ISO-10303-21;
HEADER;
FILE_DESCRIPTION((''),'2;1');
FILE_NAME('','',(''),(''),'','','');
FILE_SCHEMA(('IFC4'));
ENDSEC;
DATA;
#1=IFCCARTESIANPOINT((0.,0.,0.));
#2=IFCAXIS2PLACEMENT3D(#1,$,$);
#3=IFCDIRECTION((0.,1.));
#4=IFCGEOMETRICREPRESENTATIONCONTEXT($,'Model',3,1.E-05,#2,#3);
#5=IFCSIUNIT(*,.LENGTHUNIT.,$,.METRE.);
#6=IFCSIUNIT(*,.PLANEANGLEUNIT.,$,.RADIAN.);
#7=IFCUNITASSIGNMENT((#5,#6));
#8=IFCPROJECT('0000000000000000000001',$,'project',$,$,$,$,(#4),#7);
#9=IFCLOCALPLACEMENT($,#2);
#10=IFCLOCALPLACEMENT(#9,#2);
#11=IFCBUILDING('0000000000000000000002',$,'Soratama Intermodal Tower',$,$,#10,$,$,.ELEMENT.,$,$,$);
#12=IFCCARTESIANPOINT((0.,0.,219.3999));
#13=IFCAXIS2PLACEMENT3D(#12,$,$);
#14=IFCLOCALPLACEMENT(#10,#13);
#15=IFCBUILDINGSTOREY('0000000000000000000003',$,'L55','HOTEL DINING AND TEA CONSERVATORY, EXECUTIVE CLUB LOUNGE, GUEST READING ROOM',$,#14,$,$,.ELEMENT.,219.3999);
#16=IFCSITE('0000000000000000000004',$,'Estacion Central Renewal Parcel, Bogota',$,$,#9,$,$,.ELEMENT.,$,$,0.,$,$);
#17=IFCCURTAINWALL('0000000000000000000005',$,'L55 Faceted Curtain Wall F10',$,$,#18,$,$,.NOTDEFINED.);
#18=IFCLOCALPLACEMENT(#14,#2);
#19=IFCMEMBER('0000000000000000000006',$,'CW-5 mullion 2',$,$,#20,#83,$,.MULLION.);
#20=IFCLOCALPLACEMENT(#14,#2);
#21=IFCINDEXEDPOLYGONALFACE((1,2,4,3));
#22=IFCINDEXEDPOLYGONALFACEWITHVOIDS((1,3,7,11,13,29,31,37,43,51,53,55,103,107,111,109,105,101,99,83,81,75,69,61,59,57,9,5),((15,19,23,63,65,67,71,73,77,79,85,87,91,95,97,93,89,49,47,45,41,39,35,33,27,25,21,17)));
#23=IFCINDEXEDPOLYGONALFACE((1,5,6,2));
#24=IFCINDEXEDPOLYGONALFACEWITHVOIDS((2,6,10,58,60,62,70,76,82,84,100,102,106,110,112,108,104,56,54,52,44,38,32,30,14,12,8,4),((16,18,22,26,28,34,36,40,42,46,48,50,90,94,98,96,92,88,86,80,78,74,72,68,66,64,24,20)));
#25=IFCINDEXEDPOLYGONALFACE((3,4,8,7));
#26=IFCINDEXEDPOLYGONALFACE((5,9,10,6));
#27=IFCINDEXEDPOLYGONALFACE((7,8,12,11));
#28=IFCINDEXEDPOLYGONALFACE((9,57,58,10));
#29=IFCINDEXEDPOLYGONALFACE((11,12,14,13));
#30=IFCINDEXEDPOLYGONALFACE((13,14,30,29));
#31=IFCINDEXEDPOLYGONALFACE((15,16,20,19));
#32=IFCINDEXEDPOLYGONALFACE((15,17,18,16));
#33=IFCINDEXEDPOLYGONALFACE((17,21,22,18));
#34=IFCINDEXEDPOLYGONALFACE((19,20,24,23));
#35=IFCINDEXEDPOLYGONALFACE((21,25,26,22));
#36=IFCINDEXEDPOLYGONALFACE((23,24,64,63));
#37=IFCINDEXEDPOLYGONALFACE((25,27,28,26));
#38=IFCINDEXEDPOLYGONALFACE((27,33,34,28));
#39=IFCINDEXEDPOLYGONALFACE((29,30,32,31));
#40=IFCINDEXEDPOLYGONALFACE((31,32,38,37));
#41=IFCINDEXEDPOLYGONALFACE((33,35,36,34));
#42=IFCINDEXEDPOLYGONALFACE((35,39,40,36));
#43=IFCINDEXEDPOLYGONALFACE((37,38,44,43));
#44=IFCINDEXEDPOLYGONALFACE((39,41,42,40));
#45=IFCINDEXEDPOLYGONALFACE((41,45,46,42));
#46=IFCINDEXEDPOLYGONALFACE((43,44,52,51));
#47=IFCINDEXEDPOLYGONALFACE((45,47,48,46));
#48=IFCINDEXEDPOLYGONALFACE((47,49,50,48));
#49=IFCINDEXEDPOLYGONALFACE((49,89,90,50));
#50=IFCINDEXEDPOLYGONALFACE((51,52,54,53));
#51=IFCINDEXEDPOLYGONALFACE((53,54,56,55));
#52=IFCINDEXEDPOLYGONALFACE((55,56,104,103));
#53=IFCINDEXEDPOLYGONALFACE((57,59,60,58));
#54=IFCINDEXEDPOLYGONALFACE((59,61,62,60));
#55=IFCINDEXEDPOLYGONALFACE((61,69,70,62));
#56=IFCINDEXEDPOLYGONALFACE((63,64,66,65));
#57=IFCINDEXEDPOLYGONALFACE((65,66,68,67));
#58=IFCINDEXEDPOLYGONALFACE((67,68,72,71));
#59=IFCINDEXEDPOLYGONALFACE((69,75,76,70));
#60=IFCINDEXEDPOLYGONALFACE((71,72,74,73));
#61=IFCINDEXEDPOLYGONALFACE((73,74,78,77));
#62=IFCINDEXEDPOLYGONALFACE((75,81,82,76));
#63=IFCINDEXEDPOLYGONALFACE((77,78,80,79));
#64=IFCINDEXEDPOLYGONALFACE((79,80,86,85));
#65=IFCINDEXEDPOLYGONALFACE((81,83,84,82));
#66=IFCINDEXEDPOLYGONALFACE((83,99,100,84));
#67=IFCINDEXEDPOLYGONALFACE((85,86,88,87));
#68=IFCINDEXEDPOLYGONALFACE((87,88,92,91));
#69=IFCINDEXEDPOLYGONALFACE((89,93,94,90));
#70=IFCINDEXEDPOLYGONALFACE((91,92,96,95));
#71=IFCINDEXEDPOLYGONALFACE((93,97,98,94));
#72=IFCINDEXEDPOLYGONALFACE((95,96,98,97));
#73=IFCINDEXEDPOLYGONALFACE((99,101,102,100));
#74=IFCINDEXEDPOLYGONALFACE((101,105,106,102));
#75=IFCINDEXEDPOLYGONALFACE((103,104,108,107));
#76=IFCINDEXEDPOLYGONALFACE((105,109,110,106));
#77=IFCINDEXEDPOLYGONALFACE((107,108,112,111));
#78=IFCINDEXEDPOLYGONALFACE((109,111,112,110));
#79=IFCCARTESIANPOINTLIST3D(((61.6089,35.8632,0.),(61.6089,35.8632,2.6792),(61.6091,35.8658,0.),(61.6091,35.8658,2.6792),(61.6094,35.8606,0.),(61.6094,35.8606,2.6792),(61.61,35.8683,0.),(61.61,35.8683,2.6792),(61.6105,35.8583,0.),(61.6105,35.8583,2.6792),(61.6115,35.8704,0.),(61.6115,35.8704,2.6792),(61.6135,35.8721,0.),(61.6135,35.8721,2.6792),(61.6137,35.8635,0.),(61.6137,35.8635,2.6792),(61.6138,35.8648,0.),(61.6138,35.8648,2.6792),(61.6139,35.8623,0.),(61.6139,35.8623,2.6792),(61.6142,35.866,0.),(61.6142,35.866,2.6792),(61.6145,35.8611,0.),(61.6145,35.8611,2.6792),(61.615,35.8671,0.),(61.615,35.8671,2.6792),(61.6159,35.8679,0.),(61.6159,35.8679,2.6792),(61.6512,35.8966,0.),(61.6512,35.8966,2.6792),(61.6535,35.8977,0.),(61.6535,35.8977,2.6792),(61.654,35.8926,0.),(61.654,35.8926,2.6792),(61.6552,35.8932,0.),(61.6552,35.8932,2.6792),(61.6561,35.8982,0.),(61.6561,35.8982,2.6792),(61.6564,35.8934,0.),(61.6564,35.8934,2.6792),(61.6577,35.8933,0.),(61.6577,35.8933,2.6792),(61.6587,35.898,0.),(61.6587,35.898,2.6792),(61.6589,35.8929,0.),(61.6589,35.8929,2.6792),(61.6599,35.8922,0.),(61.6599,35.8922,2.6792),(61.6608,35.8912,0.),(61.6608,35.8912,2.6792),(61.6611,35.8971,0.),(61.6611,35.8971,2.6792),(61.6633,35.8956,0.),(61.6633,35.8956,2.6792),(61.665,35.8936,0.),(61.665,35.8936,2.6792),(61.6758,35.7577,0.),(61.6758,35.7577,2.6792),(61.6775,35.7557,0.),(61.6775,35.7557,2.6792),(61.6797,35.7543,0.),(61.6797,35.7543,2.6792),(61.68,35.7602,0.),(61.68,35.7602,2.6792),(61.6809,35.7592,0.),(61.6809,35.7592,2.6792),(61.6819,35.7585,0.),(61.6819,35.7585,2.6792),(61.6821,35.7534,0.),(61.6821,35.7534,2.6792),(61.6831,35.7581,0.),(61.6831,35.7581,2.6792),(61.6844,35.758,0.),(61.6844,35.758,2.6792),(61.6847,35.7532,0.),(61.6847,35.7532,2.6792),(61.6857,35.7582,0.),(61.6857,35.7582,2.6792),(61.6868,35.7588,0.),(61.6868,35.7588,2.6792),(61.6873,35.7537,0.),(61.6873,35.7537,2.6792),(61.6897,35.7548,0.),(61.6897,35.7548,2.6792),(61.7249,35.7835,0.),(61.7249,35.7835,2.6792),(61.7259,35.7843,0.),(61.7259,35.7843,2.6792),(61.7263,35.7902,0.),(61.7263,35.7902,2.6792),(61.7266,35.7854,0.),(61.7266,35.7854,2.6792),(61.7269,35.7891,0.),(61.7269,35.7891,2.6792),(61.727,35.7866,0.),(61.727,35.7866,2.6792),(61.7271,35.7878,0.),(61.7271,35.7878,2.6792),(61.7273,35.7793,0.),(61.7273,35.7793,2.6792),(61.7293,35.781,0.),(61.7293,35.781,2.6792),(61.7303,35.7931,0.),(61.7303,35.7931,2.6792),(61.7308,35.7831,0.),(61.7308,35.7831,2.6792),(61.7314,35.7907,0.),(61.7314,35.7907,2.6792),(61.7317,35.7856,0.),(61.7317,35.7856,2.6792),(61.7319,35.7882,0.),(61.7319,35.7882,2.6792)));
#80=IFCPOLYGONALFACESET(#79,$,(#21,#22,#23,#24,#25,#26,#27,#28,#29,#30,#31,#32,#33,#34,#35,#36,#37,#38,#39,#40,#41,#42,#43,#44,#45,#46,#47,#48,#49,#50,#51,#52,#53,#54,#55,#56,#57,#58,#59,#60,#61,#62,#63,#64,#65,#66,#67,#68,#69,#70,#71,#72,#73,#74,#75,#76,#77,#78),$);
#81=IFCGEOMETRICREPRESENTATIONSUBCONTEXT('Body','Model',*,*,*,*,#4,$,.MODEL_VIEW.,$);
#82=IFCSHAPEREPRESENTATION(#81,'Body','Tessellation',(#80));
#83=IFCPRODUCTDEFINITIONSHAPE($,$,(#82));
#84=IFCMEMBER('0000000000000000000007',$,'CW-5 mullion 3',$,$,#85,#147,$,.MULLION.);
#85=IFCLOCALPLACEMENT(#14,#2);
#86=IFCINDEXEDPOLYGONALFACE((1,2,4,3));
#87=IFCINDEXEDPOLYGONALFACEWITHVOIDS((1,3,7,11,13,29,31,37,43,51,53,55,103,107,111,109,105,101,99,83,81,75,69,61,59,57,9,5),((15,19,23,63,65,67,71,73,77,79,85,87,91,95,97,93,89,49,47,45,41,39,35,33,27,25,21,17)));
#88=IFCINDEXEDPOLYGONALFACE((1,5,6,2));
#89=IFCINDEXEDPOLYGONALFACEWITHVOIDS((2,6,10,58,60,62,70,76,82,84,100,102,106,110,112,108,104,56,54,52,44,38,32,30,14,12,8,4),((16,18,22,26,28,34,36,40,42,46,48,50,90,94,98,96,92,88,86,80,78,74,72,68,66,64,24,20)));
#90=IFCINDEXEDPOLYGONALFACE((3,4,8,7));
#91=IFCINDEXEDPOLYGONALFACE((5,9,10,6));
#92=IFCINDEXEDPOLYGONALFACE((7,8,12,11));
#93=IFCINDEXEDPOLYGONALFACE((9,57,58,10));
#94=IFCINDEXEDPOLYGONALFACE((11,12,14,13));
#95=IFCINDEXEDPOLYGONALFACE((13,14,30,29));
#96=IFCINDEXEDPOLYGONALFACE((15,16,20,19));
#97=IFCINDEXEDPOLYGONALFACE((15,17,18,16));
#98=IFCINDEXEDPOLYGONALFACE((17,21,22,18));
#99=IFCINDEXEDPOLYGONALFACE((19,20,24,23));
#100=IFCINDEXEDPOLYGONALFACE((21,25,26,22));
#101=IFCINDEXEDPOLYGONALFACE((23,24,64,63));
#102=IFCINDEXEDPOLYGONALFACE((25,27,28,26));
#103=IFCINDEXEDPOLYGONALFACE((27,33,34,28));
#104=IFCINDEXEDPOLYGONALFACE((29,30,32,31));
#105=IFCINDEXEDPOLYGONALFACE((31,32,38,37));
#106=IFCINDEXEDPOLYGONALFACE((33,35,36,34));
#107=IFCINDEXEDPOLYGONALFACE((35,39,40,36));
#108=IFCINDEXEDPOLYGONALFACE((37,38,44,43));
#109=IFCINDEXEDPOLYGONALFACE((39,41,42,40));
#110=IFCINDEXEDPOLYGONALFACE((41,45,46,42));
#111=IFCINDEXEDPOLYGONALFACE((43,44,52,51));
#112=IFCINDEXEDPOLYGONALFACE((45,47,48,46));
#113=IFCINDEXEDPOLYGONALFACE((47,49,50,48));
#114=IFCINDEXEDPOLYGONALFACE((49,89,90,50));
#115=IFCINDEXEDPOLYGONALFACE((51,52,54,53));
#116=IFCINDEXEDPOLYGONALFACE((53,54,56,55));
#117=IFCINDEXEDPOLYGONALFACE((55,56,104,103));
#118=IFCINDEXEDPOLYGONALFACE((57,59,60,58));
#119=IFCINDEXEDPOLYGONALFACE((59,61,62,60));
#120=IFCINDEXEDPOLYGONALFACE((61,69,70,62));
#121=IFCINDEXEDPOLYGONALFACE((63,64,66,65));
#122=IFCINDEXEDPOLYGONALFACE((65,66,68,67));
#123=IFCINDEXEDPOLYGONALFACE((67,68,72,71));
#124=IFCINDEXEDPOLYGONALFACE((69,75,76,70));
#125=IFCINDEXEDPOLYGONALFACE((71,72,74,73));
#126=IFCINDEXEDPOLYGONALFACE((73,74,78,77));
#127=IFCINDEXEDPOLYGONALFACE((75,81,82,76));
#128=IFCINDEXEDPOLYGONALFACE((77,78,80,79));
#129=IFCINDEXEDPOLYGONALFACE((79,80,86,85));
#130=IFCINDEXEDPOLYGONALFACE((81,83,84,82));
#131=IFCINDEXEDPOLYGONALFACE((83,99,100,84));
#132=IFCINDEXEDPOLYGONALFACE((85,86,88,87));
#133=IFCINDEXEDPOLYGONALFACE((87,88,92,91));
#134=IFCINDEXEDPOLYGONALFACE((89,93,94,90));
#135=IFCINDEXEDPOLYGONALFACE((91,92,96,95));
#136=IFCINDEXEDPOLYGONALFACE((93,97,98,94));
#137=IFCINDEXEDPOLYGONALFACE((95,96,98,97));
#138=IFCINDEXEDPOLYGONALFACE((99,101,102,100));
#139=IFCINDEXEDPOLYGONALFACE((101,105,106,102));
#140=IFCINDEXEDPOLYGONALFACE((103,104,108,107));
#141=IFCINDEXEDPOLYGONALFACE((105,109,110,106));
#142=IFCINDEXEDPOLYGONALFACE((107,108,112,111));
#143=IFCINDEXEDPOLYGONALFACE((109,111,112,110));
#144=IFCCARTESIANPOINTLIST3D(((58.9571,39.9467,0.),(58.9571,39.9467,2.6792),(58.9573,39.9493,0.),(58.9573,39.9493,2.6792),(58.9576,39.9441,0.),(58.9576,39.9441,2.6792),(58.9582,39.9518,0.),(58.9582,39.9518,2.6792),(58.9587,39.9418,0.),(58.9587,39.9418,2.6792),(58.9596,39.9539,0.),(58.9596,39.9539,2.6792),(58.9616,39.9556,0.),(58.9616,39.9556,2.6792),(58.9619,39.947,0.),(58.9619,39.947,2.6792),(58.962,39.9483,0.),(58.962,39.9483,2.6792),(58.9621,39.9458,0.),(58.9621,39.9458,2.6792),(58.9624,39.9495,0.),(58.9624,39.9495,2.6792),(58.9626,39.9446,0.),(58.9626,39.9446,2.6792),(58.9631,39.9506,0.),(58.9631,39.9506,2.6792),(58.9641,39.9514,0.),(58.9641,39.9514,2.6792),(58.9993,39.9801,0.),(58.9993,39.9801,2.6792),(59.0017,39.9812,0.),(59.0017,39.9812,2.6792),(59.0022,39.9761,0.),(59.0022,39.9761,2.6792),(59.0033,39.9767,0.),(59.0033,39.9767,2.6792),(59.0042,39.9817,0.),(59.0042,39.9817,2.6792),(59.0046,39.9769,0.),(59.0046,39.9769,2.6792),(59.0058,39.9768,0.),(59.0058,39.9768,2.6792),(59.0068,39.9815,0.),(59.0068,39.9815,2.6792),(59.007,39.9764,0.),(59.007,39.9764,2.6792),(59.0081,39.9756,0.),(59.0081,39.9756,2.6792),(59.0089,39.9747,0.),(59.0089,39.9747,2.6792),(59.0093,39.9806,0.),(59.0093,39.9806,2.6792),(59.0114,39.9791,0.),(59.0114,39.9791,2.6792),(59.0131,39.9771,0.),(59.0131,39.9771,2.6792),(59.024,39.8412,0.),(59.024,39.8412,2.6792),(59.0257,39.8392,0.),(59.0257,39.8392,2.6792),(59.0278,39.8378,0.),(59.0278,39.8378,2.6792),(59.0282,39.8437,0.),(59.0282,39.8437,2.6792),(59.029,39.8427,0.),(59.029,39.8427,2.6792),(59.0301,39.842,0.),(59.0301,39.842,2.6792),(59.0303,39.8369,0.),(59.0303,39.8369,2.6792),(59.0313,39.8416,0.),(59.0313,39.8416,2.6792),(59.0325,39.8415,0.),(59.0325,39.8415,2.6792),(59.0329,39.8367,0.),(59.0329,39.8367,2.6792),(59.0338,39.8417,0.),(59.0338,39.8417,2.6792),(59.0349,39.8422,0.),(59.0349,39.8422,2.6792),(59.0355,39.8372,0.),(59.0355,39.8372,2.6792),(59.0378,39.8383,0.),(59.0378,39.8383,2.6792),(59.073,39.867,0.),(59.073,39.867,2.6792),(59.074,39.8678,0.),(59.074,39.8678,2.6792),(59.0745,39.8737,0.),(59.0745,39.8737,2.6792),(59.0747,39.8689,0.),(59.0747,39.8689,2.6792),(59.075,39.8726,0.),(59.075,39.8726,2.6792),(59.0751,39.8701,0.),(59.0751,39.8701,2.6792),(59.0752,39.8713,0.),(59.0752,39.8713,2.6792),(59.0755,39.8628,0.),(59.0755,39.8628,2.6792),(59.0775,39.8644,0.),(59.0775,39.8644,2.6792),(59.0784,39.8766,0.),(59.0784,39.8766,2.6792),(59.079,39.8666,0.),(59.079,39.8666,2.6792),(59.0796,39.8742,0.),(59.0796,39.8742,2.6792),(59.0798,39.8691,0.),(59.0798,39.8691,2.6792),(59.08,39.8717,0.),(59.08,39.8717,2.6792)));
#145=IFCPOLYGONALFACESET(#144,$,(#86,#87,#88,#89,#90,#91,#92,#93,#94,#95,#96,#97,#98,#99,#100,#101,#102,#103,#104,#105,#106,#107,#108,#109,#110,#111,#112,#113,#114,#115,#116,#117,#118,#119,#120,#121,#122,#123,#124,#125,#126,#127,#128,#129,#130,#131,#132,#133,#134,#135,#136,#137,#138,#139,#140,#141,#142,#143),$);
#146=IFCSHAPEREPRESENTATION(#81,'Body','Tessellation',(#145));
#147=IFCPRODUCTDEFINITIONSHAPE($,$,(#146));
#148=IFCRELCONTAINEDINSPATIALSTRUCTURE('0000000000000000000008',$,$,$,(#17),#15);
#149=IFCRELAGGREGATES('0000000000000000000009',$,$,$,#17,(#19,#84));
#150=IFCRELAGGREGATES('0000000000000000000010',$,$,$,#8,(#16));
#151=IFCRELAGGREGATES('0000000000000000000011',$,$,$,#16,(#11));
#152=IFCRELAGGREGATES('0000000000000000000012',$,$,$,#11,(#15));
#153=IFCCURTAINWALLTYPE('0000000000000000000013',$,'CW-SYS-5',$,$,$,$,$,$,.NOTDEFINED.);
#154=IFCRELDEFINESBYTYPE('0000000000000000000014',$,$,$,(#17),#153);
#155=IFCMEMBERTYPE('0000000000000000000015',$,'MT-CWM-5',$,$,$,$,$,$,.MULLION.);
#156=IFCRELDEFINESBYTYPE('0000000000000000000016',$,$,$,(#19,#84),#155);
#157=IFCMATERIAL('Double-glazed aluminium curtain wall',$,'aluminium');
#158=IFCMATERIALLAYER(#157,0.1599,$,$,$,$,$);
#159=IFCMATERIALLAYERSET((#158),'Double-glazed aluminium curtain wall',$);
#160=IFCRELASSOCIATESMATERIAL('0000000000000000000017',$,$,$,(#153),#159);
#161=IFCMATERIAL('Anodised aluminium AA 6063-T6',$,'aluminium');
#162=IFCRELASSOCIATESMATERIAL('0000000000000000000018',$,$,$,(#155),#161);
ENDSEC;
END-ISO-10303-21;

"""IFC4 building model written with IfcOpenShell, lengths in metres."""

from ifc_helpers import new_model, si_unit, direction, frame, origin, origin_2d, place, context, subcontext, project, spatial, hollow_rectangle, extrude, material, layer, layer_set, material_profile, profile_set, type_object, element, aggregate, save


model = new_model("IFC4")

# Units and contexts
model_context = context("Model", 3, precision=1e-05, world=origin(), true_north=direction((0.0, 1.0)))
body_context = subcontext(model_context, "Body", "Model", "MODEL_VIEW")
ifc_project = project(units=[si_unit("LENGTHUNIT", "METRE"), si_unit("PLANEANGLEUNIT", "RADIAN")], contexts=[model_context])

# Site, building, storey
site_placement = place(None, origin())
site = spatial("IfcSite", under=ifc_project, at=site_placement, Name="Estacion Central Renewal Parcel, Bogota", CompositionType="ELEMENT", RefElevation=0.0)
building_placement = place(site_placement, origin())
building = spatial("IfcBuilding", under=site, at=building_placement, Name="Soratama Intermodal Tower", CompositionType="ELEMENT")
storey_placement = place(building_placement, frame((0.0, 0.0, 219.3999)))
storey = spatial("IfcBuildingStorey", under=building, at=storey_placement, Name="L55", Description="HOTEL DINING AND TEA CONSERVATORY, EXECUTIVE CLUB LOUNGE, GUEST READING ROOM", CompositionType="ELEMENT", Elevation=219.3999)

# Shared definitions
ifc_material_1 = material(Name="Double-glazed aluminium curtain wall", Category="aluminium")
ifc_layer_1 = layer(ifc_material_1, 0.1599)
ifc_layer_set_1 = layer_set([ifc_layer_1], Name="Double-glazed aluminium curtain wall")
curtain_wall_type = type_object("IfcCurtainWallType", Name="CW-SYS-5", PredefinedType="NOTDEFINED", material=ifc_layer_set_1)
ifc_material_2 = material(Name="Anodised aluminium AA 6063-T6", Category="aluminium")
ifc_material_profile_1 = material_profile(ifc_material_2, hollow_rectangle(XDim=0.0649, YDim=0.1399, WallThickness=0.0049, InnerFilletRadius=0.0049, OuterFilletRadius=0.01, at=origin_2d()), Name="CWM140X65X5")
ifc_profile_set_1 = profile_set([ifc_material_profile_1], Name="Anodised aluminium AA 6063-T6")
member_type_1 = type_object("IfcMemberType", Name="MT-CWM-5", PredefinedType="MULLION", material=ifc_profile_set_1)

# Curtain wall, members
curtain_wall_1_placement = place(storey_placement, origin())
curtain_wall_1 = element("IfcCurtainWall", 1, at=curtain_wall_1_placement, inside=storey, type_object=curtain_wall_type, Name="L55 Faceted Curtain Wall F10", PredefinedType="NOTDEFINED")
member_1_placement = place(storey_placement, frame((61.6704, 35.8257, 0.0), z_axis=(0.0, 0.0, 1.0), x_axis=(-0.83867, -0.54464, 0.0)))
member_1 = element("IfcMember", 2, at=member_1_placement, type_object=member_type_1, Name="CW-5 mullion 2", PredefinedType="MULLION", context=body_context, shape_type="SweptSolid", body=[
    extrude(hollow_rectangle(XDim=0.0649, YDim=0.1399, WallThickness=0.0049, InnerFilletRadius=0.0049, OuterFilletRadius=0.01, at=origin_2d()), origin(), (0.0, 0.0, 1.0), 2.6792),
])
member_2_placement = place(storey_placement, frame((59.0186, 39.9092, 0.0), z_axis=(0.0, 0.0, 1.0), x_axis=(-0.83867, -0.54464, 0.0)))
member_2 = element("IfcMember", 3, at=member_2_placement, type_object=member_type_1, Name="CW-5 mullion 3", PredefinedType="MULLION", context=body_context, shape_type="SweptSolid", body=[
    extrude(hollow_rectangle(XDim=0.0649, YDim=0.1399, WallThickness=0.0049, InnerFilletRadius=0.0049, OuterFilletRadius=0.01, at=origin_2d()), origin(), (0.0, 0.0, 1.0), 2.6792),
])

aggregate(curtain_wall_1, [member_1, member_2])

save(model, "model.ifc")
